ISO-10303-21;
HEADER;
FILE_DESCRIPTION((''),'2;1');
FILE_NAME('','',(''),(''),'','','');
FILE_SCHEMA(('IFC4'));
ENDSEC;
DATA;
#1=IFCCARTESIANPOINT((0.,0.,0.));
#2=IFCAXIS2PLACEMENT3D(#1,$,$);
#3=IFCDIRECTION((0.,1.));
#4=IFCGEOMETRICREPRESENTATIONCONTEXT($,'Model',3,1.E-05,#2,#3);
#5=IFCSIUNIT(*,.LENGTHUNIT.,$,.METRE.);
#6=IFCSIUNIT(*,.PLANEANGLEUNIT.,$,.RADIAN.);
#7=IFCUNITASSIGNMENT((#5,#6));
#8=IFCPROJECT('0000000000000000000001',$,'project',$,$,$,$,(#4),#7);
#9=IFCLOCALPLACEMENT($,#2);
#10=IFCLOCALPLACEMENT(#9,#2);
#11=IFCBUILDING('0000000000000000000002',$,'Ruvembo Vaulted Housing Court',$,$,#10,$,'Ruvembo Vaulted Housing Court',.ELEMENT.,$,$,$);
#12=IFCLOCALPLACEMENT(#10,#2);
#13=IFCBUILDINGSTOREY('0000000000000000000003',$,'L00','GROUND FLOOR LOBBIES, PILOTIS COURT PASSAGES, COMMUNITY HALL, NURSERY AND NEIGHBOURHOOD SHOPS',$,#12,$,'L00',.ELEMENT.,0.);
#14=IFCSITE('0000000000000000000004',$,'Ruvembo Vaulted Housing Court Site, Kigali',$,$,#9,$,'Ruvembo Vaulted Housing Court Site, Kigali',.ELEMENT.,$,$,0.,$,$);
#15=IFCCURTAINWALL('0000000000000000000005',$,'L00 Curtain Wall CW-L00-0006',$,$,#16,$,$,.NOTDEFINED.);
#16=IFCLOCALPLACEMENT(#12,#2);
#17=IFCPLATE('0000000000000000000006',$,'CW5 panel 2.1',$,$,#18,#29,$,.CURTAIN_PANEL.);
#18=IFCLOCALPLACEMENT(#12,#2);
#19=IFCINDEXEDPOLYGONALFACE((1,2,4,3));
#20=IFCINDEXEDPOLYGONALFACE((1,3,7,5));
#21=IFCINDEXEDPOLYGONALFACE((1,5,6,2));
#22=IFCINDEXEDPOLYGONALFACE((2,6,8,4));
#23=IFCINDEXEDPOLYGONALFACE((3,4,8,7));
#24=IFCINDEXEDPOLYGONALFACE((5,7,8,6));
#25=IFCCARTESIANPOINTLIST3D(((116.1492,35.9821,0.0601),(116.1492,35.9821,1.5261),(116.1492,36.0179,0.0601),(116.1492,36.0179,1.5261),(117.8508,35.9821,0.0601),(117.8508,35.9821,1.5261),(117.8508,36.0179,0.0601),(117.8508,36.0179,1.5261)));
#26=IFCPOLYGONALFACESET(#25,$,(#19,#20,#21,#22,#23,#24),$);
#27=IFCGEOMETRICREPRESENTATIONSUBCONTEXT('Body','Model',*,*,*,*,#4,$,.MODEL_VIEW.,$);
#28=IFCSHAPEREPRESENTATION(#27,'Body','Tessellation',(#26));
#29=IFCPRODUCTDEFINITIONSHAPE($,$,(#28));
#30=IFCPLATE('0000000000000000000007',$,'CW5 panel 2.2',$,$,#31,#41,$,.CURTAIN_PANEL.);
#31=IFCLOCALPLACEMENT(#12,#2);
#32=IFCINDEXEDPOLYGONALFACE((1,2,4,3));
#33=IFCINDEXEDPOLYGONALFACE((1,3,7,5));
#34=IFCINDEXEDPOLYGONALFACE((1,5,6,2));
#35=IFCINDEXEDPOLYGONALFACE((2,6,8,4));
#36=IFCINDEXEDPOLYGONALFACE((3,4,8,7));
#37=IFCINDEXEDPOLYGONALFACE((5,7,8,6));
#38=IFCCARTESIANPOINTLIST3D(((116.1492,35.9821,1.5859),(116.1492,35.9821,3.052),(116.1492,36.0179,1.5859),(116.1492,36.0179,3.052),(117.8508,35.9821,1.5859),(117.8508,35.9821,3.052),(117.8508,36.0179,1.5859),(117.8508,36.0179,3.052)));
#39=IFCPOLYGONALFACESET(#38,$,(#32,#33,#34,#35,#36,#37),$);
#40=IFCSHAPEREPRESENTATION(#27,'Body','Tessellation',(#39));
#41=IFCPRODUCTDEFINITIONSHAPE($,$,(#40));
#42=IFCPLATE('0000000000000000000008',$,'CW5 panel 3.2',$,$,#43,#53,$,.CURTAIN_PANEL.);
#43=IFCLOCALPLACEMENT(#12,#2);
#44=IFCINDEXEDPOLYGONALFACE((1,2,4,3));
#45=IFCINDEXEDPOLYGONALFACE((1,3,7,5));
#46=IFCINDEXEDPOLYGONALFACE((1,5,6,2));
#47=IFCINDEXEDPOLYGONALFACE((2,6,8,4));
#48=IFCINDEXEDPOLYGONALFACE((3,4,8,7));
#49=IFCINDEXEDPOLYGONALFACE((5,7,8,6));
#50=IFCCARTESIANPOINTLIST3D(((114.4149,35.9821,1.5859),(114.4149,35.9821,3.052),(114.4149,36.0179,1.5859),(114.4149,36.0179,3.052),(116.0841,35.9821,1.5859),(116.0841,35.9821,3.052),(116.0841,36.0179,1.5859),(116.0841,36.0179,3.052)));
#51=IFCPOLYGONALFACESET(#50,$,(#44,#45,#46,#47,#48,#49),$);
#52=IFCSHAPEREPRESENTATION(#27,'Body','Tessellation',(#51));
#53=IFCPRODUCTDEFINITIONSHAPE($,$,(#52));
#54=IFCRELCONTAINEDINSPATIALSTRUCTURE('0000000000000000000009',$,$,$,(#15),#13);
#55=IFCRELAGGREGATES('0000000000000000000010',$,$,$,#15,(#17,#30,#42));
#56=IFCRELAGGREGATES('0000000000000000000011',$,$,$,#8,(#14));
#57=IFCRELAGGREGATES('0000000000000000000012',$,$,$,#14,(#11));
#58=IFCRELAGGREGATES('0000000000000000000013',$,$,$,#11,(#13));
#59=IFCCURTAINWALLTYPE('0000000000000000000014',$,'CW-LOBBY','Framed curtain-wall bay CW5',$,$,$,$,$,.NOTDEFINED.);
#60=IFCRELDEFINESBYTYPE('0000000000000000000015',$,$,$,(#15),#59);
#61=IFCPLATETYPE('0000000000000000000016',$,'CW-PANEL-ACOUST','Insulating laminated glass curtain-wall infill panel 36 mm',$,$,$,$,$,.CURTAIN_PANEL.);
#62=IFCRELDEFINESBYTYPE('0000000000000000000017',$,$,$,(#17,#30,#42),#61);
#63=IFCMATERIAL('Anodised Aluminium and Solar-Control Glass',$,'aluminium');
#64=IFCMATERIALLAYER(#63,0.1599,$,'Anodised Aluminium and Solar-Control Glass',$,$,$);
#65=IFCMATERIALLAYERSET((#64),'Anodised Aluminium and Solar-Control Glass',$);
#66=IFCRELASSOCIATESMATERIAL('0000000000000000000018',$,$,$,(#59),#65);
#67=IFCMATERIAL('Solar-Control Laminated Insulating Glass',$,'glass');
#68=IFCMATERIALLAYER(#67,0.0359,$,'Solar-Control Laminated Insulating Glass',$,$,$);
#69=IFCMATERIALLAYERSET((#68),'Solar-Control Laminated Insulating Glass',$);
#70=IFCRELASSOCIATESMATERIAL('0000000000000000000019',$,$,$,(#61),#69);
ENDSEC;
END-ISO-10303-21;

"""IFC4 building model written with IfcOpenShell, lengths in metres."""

from ifc_helpers import new_model, si_unit, direction, frame, origin, origin_2d, place, context, subcontext, project, spatial, rectangle, extrude, material, layer, layer_set, type_object, element, aggregate, save


model = new_model("IFC4")

# Units and contexts
model_context = context("Model", 3, precision=1e-05, world=origin(), true_north=direction((0.0, 1.0)))
body_context = subcontext(model_context, "Body", "Model", "MODEL_VIEW")
ifc_project = project(units=[si_unit("LENGTHUNIT", "METRE"), si_unit("PLANEANGLEUNIT", "RADIAN")], contexts=[model_context])

# Site, building, storey
site_placement = place(None, origin())
site = spatial("IfcSite", under=ifc_project, at=site_placement, Name="Ruvembo Vaulted Housing Court Site, Kigali", LongName="Ruvembo Vaulted Housing Court Site, Kigali", CompositionType="ELEMENT", RefElevation=0.0)
building_placement = place(site_placement, origin())
building = spatial("IfcBuilding", under=site, at=building_placement, Name="Ruvembo Vaulted Housing Court", LongName="Ruvembo Vaulted Housing Court", CompositionType="ELEMENT")
storey_placement = place(building_placement, origin())
storey = spatial("IfcBuildingStorey", under=building, at=storey_placement, Name="L00", Description="GROUND FLOOR LOBBIES, PILOTIS COURT PASSAGES, COMMUNITY HALL, NURSERY AND NEIGHBOURHOOD SHOPS", LongName="L00", CompositionType="ELEMENT", Elevation=0.0)

# Curtain wall, plates
ifc_material_1 = material(Name="Anodised Aluminium and Solar-Control Glass", Category="aluminium")
ifc_layer_1 = layer(ifc_material_1, 0.1599, Name="Anodised Aluminium and Solar-Control Glass")
ifc_layer_set_1 = layer_set([ifc_layer_1], Name="Anodised Aluminium and Solar-Control Glass")
curtain_wall_type = type_object("IfcCurtainWallType", Name="CW-LOBBY", Description="Framed curtain-wall bay CW5", PredefinedType="NOTDEFINED", material=ifc_layer_set_1)
curtain_wall_placement = place(storey_placement, origin())
curtain_wall = element("IfcCurtainWall", 1, at=curtain_wall_placement, inside=storey, type_object=curtain_wall_type, Name="L00 Curtain Wall CW-L00-0006", PredefinedType="NOTDEFINED")
ifc_material_2 = material(Name="Solar-Control Laminated Insulating Glass", Category="glass")
ifc_layer_2 = layer(ifc_material_2, 0.0359, Name="Solar-Control Laminated Insulating Glass")
ifc_layer_set_2 = layer_set([ifc_layer_2], Name="Solar-Control Laminated Insulating Glass")
plate_type = type_object("IfcPlateType", Name="CW-PANEL-ACOUST", Description="Insulating laminated glass curtain-wall infill panel 36 mm", PredefinedType="CURTAIN_PANEL", material=ifc_layer_set_2)
plate_1_placement = place(storey_placement, frame((117.0, 36.0, 0.0601), z_axis=(0.0, 0.0, 1.0), x_axis=(-1.0, 0.0, 0.0)))
plate_1 = element("IfcPlate", 2, at=plate_1_placement, type_object=plate_type, Name="CW5 panel 2.1", PredefinedType="CURTAIN_PANEL", context=body_context, shape_type="SweptSolid", body=[
    extrude(rectangle(XDim=1.7017, YDim=0.0359, at=origin_2d()), origin(), (0.0, 0.0, 1.0), 1.4661),
])
plate_2_placement = place(storey_placement, frame((117.0, 36.0, 1.5859), z_axis=(0.0, 0.0, 1.0), x_axis=(-1.0, 0.0, 0.0)))
plate_2 = element("IfcPlate", 3, at=plate_2_placement, type_object=plate_type, Name="CW5 panel 2.2", PredefinedType="CURTAIN_PANEL", context=body_context, shape_type="SweptSolid", body=[
    extrude(rectangle(XDim=1.7017, YDim=0.0359, at=origin_2d()), origin(), (0.0, 0.0, 1.0), 1.4661),
])
plate_3_placement = place(storey_placement, frame((115.2495, 36.0, 1.5859), z_axis=(0.0, 0.0, 1.0), x_axis=(-1.0, 0.0, 0.0)))
plate_3 = element("IfcPlate", 4, at=plate_3_placement, type_object=plate_type, Name="CW5 panel 3.2", PredefinedType="CURTAIN_PANEL", context=body_context, shape_type="SweptSolid", body=[
    extrude(rectangle(XDim=1.6692, YDim=0.0359, at=origin_2d()), origin(), (0.0, 0.0, 1.0), 1.4661),
])
aggregate(curtain_wall, [plate_1, plate_2, plate_3])

save(model, "model.ifc")
